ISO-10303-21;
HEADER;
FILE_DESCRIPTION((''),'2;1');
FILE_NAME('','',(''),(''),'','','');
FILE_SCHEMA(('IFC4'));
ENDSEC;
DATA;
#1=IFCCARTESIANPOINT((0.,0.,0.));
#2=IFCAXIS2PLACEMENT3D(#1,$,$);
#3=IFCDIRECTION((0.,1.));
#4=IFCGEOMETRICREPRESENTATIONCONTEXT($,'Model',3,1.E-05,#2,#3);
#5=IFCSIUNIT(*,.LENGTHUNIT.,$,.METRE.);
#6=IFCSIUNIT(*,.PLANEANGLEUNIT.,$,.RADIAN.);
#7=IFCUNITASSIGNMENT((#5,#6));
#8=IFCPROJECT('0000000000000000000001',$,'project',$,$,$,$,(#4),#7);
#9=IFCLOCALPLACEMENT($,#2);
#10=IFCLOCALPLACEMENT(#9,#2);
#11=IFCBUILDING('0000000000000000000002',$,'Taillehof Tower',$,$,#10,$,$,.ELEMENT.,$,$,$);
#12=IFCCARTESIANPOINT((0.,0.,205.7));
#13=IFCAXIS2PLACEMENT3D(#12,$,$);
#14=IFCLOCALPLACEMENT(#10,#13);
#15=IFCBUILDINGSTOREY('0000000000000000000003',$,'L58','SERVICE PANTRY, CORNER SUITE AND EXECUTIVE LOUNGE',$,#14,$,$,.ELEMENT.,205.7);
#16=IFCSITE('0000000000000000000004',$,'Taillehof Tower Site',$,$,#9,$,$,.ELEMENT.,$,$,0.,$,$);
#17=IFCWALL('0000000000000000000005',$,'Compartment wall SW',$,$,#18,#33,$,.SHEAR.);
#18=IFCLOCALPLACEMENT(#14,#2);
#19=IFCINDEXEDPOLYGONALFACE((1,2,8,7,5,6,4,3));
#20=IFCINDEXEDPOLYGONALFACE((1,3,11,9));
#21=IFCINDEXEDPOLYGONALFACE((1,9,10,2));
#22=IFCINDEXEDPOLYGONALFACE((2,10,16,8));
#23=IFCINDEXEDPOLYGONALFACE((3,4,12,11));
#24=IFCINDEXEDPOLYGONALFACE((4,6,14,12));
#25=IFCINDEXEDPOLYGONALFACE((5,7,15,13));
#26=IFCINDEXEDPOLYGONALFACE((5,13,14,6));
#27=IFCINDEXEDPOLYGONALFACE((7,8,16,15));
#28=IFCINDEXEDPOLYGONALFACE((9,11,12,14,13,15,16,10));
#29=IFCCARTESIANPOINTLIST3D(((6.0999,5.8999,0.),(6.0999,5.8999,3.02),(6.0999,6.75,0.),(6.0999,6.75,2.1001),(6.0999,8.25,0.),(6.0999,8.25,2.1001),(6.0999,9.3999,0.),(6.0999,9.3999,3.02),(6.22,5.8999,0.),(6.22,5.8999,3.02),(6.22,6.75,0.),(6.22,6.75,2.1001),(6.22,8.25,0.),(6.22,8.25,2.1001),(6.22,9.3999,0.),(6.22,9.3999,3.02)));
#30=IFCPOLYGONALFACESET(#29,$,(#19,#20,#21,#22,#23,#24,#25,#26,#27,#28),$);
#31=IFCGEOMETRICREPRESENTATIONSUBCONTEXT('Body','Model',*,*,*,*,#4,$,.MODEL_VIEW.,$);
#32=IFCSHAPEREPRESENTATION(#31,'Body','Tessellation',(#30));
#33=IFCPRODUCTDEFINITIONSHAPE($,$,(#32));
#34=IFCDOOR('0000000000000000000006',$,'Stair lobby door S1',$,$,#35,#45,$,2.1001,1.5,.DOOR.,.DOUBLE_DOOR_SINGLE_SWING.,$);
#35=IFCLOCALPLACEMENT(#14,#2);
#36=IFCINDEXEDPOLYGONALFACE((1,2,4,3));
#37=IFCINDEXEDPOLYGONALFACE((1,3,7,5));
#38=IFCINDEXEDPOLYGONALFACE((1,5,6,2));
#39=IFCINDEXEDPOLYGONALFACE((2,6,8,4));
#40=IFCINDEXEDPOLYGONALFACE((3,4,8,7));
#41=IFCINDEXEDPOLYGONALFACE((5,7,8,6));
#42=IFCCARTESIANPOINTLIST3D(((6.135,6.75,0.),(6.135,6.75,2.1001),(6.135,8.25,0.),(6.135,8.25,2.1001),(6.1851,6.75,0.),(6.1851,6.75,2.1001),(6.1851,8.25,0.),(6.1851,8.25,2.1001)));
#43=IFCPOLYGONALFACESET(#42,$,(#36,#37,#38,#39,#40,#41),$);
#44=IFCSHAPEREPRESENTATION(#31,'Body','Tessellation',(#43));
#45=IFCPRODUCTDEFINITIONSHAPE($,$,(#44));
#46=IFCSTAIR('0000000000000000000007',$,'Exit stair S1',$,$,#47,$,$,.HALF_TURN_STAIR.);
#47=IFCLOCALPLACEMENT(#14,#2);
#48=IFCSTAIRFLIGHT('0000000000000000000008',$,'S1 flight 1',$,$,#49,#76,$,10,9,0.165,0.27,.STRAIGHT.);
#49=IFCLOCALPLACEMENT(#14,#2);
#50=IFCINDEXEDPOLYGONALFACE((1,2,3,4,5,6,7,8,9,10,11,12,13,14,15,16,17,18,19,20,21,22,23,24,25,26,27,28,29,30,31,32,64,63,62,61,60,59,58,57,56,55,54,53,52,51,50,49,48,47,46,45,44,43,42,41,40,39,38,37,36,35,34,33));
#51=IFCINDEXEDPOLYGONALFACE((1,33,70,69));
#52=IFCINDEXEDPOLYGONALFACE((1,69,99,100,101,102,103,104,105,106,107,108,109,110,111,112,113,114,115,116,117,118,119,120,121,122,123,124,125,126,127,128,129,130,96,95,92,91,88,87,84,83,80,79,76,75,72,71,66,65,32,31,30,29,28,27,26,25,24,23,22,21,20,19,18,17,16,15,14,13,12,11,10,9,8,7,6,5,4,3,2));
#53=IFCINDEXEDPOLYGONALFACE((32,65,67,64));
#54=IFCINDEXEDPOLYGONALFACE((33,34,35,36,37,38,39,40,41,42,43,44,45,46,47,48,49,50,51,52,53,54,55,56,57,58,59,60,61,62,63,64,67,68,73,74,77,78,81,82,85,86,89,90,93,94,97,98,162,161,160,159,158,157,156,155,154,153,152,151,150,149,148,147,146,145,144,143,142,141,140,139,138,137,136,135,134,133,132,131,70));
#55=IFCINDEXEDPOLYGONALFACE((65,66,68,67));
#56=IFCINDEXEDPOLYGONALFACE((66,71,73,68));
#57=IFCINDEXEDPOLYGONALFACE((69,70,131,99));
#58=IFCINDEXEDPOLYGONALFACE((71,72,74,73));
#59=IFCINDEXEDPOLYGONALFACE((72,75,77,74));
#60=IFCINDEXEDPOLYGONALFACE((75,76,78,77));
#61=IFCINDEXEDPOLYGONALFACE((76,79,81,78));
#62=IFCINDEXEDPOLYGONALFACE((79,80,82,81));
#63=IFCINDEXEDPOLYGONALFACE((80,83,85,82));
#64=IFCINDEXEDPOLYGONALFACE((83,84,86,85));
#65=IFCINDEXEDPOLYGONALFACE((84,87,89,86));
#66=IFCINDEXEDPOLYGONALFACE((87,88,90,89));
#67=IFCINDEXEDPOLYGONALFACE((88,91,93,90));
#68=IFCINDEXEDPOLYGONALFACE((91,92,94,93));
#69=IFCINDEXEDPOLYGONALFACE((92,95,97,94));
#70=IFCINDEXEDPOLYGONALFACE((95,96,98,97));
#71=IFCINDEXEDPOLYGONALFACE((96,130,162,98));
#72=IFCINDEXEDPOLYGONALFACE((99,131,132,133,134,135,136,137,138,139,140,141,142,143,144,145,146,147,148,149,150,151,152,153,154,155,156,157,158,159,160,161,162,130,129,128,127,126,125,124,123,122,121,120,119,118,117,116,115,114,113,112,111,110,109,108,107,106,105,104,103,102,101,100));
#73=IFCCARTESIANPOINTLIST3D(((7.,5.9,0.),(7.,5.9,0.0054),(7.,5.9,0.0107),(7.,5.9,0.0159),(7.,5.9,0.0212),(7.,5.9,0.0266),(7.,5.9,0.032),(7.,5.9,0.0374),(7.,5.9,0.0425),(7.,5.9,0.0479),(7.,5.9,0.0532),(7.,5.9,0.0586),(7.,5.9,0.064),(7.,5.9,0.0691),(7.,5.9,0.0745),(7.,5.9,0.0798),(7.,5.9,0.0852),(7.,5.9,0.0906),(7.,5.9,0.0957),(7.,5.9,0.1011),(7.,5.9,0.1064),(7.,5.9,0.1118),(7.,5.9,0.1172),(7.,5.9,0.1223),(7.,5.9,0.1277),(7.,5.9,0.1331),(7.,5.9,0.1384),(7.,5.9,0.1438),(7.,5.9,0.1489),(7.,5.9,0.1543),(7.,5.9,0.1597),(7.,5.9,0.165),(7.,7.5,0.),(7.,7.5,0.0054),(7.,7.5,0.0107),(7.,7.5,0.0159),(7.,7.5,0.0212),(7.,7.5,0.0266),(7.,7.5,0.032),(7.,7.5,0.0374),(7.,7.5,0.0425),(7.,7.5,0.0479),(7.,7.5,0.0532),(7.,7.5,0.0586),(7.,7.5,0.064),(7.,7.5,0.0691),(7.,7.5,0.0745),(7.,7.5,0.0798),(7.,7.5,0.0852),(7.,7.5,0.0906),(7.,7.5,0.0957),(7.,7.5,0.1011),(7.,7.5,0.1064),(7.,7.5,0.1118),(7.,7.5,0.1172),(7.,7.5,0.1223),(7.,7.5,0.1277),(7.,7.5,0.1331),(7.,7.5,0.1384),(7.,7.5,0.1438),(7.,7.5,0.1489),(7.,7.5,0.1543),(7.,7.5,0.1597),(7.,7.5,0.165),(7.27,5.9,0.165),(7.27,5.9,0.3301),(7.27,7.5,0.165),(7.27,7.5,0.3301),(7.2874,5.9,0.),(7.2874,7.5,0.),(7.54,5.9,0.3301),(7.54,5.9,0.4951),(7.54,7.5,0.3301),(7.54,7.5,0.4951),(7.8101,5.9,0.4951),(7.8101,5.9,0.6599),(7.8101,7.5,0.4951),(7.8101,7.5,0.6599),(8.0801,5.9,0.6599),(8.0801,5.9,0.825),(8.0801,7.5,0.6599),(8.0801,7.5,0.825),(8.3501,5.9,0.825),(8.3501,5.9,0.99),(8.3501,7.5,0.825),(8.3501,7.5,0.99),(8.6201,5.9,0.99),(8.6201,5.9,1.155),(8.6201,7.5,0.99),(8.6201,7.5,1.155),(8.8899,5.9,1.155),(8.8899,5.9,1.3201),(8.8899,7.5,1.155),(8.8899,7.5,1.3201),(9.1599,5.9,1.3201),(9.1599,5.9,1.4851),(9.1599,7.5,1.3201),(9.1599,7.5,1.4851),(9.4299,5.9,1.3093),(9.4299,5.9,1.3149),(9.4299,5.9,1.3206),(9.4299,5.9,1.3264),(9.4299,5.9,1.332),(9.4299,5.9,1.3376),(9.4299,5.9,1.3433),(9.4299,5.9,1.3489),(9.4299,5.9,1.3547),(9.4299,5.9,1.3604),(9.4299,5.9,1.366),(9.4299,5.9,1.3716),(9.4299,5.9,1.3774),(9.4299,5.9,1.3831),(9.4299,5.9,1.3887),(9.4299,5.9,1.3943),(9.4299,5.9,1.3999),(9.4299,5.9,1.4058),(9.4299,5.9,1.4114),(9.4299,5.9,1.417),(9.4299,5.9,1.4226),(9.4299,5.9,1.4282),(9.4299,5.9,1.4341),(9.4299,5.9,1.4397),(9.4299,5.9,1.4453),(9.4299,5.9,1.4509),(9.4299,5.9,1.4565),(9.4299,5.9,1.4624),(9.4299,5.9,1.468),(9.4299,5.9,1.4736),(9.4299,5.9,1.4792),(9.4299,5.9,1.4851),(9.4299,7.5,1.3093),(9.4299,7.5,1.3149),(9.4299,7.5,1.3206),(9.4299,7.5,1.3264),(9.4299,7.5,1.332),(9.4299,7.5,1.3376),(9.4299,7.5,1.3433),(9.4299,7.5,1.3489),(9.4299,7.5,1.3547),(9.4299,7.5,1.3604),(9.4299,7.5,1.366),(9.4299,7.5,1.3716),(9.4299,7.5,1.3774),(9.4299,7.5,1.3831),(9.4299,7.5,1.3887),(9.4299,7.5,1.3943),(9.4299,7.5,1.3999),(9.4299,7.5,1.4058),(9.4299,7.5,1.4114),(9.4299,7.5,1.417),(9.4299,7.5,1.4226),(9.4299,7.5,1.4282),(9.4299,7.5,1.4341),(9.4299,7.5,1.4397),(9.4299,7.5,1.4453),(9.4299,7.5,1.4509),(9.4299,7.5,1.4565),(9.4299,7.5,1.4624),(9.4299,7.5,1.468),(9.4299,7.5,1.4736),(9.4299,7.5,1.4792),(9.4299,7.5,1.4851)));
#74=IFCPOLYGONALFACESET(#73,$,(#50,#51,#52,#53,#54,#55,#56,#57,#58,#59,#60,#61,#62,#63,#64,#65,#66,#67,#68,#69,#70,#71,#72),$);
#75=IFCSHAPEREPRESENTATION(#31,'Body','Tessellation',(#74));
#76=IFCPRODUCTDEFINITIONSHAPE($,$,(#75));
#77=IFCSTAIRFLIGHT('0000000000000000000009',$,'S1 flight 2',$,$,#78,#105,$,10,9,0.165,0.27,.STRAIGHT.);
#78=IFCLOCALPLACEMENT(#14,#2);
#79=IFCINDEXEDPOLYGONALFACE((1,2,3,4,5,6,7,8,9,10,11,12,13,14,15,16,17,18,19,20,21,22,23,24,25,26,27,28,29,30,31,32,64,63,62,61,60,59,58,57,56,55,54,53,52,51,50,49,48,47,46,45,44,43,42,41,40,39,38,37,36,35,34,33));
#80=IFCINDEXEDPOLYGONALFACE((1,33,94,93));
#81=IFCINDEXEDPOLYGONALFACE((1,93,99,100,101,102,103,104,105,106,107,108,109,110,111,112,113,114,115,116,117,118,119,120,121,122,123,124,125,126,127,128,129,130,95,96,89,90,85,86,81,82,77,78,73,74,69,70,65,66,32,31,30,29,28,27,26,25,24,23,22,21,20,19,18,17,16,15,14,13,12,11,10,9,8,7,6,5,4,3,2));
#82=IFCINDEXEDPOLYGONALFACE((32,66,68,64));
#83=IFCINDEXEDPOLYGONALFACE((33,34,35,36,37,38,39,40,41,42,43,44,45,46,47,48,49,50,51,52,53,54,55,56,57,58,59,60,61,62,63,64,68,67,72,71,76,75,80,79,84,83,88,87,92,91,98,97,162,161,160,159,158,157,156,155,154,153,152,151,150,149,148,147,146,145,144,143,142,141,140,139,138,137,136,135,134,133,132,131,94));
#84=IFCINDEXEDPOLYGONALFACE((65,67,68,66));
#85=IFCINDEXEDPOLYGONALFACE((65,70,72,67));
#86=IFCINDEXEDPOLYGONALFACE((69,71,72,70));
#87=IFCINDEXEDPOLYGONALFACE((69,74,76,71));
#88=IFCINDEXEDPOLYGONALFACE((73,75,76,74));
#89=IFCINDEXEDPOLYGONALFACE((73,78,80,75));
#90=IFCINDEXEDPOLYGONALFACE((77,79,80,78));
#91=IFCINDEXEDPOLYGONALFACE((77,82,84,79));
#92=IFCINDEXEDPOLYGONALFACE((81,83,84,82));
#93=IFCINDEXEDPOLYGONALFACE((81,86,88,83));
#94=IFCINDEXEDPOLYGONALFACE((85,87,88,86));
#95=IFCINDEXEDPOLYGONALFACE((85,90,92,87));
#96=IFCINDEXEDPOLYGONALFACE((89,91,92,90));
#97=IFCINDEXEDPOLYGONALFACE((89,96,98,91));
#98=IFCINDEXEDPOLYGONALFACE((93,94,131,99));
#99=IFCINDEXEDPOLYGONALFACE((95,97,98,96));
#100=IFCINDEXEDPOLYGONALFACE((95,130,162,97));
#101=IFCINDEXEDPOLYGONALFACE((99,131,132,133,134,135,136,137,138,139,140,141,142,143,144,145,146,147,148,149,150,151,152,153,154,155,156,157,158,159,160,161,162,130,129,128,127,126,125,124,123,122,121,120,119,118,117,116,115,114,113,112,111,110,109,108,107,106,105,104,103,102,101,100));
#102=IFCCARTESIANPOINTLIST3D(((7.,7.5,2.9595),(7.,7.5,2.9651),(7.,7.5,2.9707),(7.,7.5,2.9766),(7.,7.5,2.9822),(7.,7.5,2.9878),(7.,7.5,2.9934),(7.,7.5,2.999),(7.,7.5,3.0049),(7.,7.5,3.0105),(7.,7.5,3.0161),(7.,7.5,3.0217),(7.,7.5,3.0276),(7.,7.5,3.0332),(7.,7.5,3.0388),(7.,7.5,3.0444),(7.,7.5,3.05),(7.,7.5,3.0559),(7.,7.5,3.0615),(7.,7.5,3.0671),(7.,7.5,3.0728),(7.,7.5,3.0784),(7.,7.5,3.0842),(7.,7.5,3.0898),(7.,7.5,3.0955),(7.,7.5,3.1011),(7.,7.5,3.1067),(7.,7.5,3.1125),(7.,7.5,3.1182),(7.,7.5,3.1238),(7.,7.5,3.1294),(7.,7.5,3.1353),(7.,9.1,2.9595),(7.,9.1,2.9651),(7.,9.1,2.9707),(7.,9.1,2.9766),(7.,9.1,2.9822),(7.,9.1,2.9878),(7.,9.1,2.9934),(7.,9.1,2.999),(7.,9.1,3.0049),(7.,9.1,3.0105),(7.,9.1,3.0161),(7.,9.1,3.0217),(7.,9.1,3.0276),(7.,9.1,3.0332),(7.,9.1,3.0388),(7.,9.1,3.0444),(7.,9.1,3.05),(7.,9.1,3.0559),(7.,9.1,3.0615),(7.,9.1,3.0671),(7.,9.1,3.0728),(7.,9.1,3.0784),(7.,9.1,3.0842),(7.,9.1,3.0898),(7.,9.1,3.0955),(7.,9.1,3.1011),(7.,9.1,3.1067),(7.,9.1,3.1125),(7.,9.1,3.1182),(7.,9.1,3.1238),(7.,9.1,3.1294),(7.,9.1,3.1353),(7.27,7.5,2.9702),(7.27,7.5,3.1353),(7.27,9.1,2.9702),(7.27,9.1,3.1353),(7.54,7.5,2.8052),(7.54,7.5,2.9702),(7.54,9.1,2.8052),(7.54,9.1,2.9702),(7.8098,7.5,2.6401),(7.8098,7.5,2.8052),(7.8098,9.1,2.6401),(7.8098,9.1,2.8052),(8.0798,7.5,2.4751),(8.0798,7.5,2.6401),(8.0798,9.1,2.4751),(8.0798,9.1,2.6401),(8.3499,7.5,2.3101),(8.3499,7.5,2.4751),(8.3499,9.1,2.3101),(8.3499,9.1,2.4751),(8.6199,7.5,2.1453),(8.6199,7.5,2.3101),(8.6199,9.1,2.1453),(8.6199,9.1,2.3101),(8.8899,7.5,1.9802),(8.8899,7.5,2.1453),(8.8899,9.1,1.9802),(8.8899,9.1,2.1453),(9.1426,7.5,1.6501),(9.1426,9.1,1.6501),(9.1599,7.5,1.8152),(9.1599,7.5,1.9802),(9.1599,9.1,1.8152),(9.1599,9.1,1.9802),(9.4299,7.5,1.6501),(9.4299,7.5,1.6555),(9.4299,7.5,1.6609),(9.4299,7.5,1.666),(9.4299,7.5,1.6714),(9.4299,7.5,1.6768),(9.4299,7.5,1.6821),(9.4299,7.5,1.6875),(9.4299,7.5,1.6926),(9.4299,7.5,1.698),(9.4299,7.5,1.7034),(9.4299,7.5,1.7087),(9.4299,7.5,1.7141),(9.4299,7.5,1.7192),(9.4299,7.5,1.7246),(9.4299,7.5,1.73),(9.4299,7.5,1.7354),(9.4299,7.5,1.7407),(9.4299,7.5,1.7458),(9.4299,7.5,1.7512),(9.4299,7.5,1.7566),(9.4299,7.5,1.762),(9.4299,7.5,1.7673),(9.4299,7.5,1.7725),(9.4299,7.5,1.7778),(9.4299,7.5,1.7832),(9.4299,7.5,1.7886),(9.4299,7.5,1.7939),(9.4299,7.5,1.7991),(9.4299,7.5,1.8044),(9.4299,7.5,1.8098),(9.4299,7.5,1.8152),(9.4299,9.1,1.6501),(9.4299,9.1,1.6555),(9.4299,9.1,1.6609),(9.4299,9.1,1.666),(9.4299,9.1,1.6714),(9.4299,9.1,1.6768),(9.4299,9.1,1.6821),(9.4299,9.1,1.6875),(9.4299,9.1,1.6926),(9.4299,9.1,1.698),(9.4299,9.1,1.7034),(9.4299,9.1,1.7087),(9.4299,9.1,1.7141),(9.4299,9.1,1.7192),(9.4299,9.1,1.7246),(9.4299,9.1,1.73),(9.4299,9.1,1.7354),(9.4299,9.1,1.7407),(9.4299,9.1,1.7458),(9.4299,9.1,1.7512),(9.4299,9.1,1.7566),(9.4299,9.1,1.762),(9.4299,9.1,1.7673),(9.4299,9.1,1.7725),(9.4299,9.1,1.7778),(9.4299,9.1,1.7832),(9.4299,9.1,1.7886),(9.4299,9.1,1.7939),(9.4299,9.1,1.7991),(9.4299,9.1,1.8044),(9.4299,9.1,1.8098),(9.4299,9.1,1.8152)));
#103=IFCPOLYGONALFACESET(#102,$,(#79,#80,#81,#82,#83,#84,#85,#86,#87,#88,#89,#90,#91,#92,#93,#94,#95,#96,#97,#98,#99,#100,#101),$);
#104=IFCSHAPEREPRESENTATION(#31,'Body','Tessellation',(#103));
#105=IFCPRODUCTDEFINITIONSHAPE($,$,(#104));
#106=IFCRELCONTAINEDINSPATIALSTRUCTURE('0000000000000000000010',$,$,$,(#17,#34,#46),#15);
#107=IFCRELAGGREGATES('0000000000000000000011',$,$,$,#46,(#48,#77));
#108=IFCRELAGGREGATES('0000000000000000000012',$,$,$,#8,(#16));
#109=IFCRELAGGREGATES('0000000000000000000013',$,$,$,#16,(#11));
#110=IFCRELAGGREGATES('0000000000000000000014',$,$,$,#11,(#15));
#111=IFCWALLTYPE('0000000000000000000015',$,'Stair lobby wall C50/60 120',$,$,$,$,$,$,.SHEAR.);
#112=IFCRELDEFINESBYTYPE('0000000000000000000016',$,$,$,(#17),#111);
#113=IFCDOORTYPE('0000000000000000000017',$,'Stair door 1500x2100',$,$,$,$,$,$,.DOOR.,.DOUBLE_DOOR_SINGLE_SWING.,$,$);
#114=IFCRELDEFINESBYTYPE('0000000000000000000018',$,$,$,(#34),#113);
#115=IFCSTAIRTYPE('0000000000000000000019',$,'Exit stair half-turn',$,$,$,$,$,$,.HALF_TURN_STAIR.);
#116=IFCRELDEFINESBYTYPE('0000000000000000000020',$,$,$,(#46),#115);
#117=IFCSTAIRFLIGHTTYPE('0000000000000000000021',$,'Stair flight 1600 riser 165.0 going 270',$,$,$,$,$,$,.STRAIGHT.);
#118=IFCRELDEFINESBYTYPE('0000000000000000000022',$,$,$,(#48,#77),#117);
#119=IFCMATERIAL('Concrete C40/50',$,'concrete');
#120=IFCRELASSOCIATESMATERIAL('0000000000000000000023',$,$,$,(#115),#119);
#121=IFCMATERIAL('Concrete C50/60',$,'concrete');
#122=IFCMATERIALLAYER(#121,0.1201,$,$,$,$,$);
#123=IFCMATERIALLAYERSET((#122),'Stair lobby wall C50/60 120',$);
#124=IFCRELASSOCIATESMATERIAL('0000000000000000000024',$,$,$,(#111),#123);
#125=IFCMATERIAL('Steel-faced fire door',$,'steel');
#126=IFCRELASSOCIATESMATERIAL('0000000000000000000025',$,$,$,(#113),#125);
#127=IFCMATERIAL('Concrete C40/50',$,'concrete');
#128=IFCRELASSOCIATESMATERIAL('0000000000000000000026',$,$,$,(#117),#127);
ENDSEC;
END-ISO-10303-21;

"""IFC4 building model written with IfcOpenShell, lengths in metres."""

from ifc_helpers import new_model, si_unit, direction, frame, frame_2d, origin, place, context, subcontext, project, spatial, polyline, rectangle, outline, extrude, material, layer, layer_set, type_object, element, fill, aggregate, save


model = new_model("IFC4")

# Units and contexts
model_context = context("Model", 3, precision=1e-05, world=origin(), true_north=direction((0.0, 1.0)))
body_context = subcontext(model_context, "Body", "Model", "MODEL_VIEW")
ifc_project = project(units=[si_unit("LENGTHUNIT", "METRE"), si_unit("PLANEANGLEUNIT", "RADIAN")], contexts=[model_context])

# Site, building, storey
site_placement = place(None, origin())
site = spatial("IfcSite", under=ifc_project, at=site_placement, Name="Taillehof Tower Site", CompositionType="ELEMENT", RefElevation=0.0)
building_placement = place(site_placement, origin())
building = spatial("IfcBuilding", under=site, at=building_placement, Name="Taillehof Tower", CompositionType="ELEMENT")
storey_placement = place(building_placement, frame((0.0, 0.0, 205.7)))
storey = spatial("IfcBuildingStorey", under=building, at=storey_placement, Name="L58", Description="SERVICE PANTRY, CORNER SUITE AND EXECUTIVE LOUNGE", CompositionType="ELEMENT", Elevation=205.7)

# Shared definitions
ifc_material_1 = material(Name="Concrete C40/50", Category="concrete")
stair_type = type_object("IfcStairType", Name="Exit stair half-turn", PredefinedType="HALF_TURN_STAIR", material=ifc_material_1)

# Wall, opening, door
ifc_material_2 = material(Name="Concrete C50/60", Category="concrete")
ifc_layer_1 = layer(ifc_material_2, 0.1201)
ifc_layer_set_1 = layer_set([ifc_layer_1], Name="Stair lobby wall C50/60 120")
wall_type_1 = type_object("IfcWallType", Name="Stair lobby wall C50/60 120", PredefinedType="SHEAR", material=ifc_layer_set_1)
wall_1_placement = place(storey_placement, frame((6.1599, 5.8999, 0.0), z_axis=(0.0, 0.0, 1.0), x_axis=(0.0, 1.0, 0.0)))
wall_1 = element("IfcWall", 1, at=wall_1_placement, inside=storey, type_object=wall_type_1, Name="Compartment wall SW", PredefinedType="SHEAR", context=body_context, shape_type="SweptSolid", body=[
    extrude(rectangle(XDim=3.5, YDim=0.1201, at=frame_2d((1.75, 0.0))), origin(), (0.0, 0.0, 1.0), 3.02),
])
opening_1_placement = place(wall_1_placement, frame((0.8501, 0.0, 0.0)))
opening_1 = element("IfcOpeningElement", 2, at=opening_1_placement, cuts=wall_1, PredefinedType="OPENING", context=body_context, shape_type="SweptSolid", body=[
    extrude(rectangle(XDim=1.5, YDim=2.1001, at=frame_2d((0.75, 1.05))), frame((0.0, 0.0701, 0.0), z_axis=(0.0, -1.0, 0.0), x_axis=(1.0, 0.0, 0.0)), (0.0, 0.0, 1.0), 0.1401),
])
ifc_material_3 = material(Name="Steel-faced fire door", Category="steel")
door_type_1 = type_object("IfcDoorType", Name="Stair door 1500x2100", OperationType="DOUBLE_DOOR_SINGLE_SWING", PredefinedType="DOOR", material=ifc_material_3)
door_1_placement = place(opening_1_placement, origin())
door_1 = element("IfcDoor", 3, at=door_1_placement, inside=storey, type_object=door_type_1, Name="Stair lobby door S1", OperationType="DOUBLE_DOOR_SINGLE_SWING", OverallHeight=2.1001, OverallWidth=1.5, PredefinedType="DOOR", context=body_context, shape_type="SweptSolid", body=[
    extrude(rectangle(XDim=1.5, YDim=2.1001, at=frame_2d((0.75, 1.05))), frame((0.0, 0.0249, 0.0), z_axis=(0.0, -1.0, 0.0), x_axis=(1.0, 0.0, 0.0)), (0.0, 0.0, 1.0), 0.05),
])
fill(opening_1, door_1)

# Stair, stair flights
stair_1_placement = place(storey_placement, origin())
stair_1 = element("IfcStair", 4, at=stair_1_placement, inside=storey, type_object=stair_type, Name="Exit stair S1", PredefinedType="HALF_TURN_STAIR")
ifc_material_4 = material(Name="Concrete C40/50", Category="concrete")
stair_flight_type = type_object("IfcStairFlightType", Name="Stair flight 1600 riser 165.0 going 270", PredefinedType="STRAIGHT", material=ifc_material_4)
stair_flight_1_placement = place(storey_placement, frame((7.0, 6.7, 0.0), z_axis=(0.0, 0.0, 1.0), x_axis=(1.0, 0.0, 0.0)))
stair_flight_1 = element("IfcStairFlight", 5, at=stair_flight_1_placement, type_object=stair_flight_type, Name="S1 flight 1", NumberOfRisers=10, NumberOfTreads=9, PredefinedType="STRAIGHT", RiserHeight=0.165, TreadLength=0.27, context=body_context, shape_type="SweptSolid", body=[
    extrude(outline(polyline([(0.0, 0.0), (0.0, 0.0054), (0.0, 0.0107), (0.0, 0.0159), (0.0, 0.0212), (0.0, 0.0266), (0.0, 0.032), (0.0, 0.0374), (0.0, 0.0425), (0.0, 0.0479), (0.0, 0.0532), (0.0, 0.0586), (0.0, 0.064), (0.0, 0.0691), (0.0, 0.0745), (0.0, 0.0798), (0.0, 0.0852), (0.0, 0.0906), (0.0, 0.0957), (0.0, 0.1011), (0.0, 0.1064), (0.0, 0.1118), (0.0, 0.1172), (0.0, 0.1223), (0.0, 0.1277), (0.0, 0.1331), (0.0, 0.1384), (0.0, 0.1438), (0.0, 0.1489), (0.0, 0.1543), (0.0, 0.1597), (0.0, 0.165), (0.27, 0.165), (0.27, 0.3301), (0.54, 0.3301), (0.54, 0.4951), (0.8101, 0.4951), (0.8101, 0.6599), (1.0801, 0.6599), (1.0801, 0.825), (1.3501, 0.825), (1.3501, 0.99), (1.6201, 0.99), (1.6201, 1.155), (1.8899, 1.155), (1.8899, 1.3201), (2.1599, 1.3201), (2.1599, 1.4851), (2.4299, 1.4851), (2.4299, 1.4792), (2.4299, 1.4736), (2.4299, 1.468), (2.4299, 1.4624), (2.4299, 1.4565), (2.4299, 1.4509), (2.4299, 1.4453), (2.4299, 1.4397), (2.4299, 1.4341), (2.4299, 1.4282), (2.4299, 1.4226), (2.4299, 1.417), (2.4299, 1.4114), (2.4299, 1.4058), (2.4299, 1.3999), (2.4299, 1.3943), (2.4299, 1.3887), (2.4299, 1.3831), (2.4299, 1.3774), (2.4299, 1.3716), (2.4299, 1.366), (2.4299, 1.3604), (2.4299, 1.3547), (2.4299, 1.3489), (2.4299, 1.3433), (2.4299, 1.3376), (2.4299, 1.332), (2.4299, 1.3264), (2.4299, 1.3206), (2.4299, 1.3149), (2.4299, 1.3093), (0.2874, 0.0), (0.0, 0.0)])), frame((0.0, 0.8, 0.0), z_axis=(0.0, -1.0, 0.0), x_axis=(1.0, 0.0, 0.0)), (0.0, 0.0, 1.0), 1.6),
])
stair_flight_2_placement = place(storey_placement, frame((9.4299, 8.3, 1.6501), z_axis=(0.0, 0.0, 1.0), x_axis=(-1.0, 0.0, 0.0)))
stair_flight_2 = element("IfcStairFlight", 6, at=stair_flight_2_placement, type_object=stair_flight_type, Name="S1 flight 2", NumberOfRisers=10, NumberOfTreads=9, PredefinedType="STRAIGHT", RiserHeight=0.165, TreadLength=0.27, context=body_context, shape_type="SweptSolid", body=[
    extrude(outline(polyline([(0.0, 0.0), (0.0, 0.0054), (0.0, 0.0107), (0.0, 0.0159), (0.0, 0.0212), (0.0, 0.0266), (0.0, 0.032), (0.0, 0.0374), (0.0, 0.0425), (0.0, 0.0479), (0.0, 0.0532), (0.0, 0.0586), (0.0, 0.064), (0.0, 0.0691), (0.0, 0.0745), (0.0, 0.0798), (0.0, 0.0852), (0.0, 0.0906), (0.0, 0.0957), (0.0, 0.1011), (0.0, 0.1064), (0.0, 0.1118), (0.0, 0.1172), (0.0, 0.1223), (0.0, 0.1277), (0.0, 0.1331), (0.0, 0.1384), (0.0, 0.1438), (0.0, 0.1489), (0.0, 0.1543), (0.0, 0.1597), (0.0, 0.165), (0.27, 0.165), (0.27, 0.3301), (0.54, 0.3301), (0.54, 0.4951), (0.8101, 0.4951), (0.8101, 0.6599), (1.0801, 0.6599), (1.0801, 0.825), (1.3501, 0.825), (1.3501, 0.99), (1.6201, 0.99), (1.6201, 1.155), (1.8899, 1.155), (1.8899, 1.3201), (2.1599, 1.3201), (2.1599, 1.4851), (2.4299, 1.4851), (2.4299, 1.4792), (2.4299, 1.4736), (2.4299, 1.468), (2.4299, 1.4624), (2.4299, 1.4565), (2.4299, 1.4509), (2.4299, 1.4453), (2.4299, 1.4397), (2.4299, 1.4341), (2.4299, 1.4282), (2.4299, 1.4226), (2.4299, 1.417), (2.4299, 1.4114), (2.4299, 1.4058), (2.4299, 1.3999), (2.4299, 1.3943), (2.4299, 1.3887), (2.4299, 1.3831), (2.4299, 1.3774), (2.4299, 1.3716), (2.4299, 1.366), (2.4299, 1.3604), (2.4299, 1.3547), (2.4299, 1.3489), (2.4299, 1.3433), (2.4299, 1.3376), (2.4299, 1.332), (2.4299, 1.3264), (2.4299, 1.3206), (2.4299, 1.3149), (2.4299, 1.3093), (0.2874, 0.0), (0.0, 0.0)])), frame((0.0, 0.8, 0.0), z_axis=(0.0, -1.0, 0.0), x_axis=(1.0, 0.0, 0.0)), (0.0, 0.0, 1.0), 1.6),
])
aggregate(stair_1, [stair_flight_1, stair_flight_2])

save(model, "model.ifc")
